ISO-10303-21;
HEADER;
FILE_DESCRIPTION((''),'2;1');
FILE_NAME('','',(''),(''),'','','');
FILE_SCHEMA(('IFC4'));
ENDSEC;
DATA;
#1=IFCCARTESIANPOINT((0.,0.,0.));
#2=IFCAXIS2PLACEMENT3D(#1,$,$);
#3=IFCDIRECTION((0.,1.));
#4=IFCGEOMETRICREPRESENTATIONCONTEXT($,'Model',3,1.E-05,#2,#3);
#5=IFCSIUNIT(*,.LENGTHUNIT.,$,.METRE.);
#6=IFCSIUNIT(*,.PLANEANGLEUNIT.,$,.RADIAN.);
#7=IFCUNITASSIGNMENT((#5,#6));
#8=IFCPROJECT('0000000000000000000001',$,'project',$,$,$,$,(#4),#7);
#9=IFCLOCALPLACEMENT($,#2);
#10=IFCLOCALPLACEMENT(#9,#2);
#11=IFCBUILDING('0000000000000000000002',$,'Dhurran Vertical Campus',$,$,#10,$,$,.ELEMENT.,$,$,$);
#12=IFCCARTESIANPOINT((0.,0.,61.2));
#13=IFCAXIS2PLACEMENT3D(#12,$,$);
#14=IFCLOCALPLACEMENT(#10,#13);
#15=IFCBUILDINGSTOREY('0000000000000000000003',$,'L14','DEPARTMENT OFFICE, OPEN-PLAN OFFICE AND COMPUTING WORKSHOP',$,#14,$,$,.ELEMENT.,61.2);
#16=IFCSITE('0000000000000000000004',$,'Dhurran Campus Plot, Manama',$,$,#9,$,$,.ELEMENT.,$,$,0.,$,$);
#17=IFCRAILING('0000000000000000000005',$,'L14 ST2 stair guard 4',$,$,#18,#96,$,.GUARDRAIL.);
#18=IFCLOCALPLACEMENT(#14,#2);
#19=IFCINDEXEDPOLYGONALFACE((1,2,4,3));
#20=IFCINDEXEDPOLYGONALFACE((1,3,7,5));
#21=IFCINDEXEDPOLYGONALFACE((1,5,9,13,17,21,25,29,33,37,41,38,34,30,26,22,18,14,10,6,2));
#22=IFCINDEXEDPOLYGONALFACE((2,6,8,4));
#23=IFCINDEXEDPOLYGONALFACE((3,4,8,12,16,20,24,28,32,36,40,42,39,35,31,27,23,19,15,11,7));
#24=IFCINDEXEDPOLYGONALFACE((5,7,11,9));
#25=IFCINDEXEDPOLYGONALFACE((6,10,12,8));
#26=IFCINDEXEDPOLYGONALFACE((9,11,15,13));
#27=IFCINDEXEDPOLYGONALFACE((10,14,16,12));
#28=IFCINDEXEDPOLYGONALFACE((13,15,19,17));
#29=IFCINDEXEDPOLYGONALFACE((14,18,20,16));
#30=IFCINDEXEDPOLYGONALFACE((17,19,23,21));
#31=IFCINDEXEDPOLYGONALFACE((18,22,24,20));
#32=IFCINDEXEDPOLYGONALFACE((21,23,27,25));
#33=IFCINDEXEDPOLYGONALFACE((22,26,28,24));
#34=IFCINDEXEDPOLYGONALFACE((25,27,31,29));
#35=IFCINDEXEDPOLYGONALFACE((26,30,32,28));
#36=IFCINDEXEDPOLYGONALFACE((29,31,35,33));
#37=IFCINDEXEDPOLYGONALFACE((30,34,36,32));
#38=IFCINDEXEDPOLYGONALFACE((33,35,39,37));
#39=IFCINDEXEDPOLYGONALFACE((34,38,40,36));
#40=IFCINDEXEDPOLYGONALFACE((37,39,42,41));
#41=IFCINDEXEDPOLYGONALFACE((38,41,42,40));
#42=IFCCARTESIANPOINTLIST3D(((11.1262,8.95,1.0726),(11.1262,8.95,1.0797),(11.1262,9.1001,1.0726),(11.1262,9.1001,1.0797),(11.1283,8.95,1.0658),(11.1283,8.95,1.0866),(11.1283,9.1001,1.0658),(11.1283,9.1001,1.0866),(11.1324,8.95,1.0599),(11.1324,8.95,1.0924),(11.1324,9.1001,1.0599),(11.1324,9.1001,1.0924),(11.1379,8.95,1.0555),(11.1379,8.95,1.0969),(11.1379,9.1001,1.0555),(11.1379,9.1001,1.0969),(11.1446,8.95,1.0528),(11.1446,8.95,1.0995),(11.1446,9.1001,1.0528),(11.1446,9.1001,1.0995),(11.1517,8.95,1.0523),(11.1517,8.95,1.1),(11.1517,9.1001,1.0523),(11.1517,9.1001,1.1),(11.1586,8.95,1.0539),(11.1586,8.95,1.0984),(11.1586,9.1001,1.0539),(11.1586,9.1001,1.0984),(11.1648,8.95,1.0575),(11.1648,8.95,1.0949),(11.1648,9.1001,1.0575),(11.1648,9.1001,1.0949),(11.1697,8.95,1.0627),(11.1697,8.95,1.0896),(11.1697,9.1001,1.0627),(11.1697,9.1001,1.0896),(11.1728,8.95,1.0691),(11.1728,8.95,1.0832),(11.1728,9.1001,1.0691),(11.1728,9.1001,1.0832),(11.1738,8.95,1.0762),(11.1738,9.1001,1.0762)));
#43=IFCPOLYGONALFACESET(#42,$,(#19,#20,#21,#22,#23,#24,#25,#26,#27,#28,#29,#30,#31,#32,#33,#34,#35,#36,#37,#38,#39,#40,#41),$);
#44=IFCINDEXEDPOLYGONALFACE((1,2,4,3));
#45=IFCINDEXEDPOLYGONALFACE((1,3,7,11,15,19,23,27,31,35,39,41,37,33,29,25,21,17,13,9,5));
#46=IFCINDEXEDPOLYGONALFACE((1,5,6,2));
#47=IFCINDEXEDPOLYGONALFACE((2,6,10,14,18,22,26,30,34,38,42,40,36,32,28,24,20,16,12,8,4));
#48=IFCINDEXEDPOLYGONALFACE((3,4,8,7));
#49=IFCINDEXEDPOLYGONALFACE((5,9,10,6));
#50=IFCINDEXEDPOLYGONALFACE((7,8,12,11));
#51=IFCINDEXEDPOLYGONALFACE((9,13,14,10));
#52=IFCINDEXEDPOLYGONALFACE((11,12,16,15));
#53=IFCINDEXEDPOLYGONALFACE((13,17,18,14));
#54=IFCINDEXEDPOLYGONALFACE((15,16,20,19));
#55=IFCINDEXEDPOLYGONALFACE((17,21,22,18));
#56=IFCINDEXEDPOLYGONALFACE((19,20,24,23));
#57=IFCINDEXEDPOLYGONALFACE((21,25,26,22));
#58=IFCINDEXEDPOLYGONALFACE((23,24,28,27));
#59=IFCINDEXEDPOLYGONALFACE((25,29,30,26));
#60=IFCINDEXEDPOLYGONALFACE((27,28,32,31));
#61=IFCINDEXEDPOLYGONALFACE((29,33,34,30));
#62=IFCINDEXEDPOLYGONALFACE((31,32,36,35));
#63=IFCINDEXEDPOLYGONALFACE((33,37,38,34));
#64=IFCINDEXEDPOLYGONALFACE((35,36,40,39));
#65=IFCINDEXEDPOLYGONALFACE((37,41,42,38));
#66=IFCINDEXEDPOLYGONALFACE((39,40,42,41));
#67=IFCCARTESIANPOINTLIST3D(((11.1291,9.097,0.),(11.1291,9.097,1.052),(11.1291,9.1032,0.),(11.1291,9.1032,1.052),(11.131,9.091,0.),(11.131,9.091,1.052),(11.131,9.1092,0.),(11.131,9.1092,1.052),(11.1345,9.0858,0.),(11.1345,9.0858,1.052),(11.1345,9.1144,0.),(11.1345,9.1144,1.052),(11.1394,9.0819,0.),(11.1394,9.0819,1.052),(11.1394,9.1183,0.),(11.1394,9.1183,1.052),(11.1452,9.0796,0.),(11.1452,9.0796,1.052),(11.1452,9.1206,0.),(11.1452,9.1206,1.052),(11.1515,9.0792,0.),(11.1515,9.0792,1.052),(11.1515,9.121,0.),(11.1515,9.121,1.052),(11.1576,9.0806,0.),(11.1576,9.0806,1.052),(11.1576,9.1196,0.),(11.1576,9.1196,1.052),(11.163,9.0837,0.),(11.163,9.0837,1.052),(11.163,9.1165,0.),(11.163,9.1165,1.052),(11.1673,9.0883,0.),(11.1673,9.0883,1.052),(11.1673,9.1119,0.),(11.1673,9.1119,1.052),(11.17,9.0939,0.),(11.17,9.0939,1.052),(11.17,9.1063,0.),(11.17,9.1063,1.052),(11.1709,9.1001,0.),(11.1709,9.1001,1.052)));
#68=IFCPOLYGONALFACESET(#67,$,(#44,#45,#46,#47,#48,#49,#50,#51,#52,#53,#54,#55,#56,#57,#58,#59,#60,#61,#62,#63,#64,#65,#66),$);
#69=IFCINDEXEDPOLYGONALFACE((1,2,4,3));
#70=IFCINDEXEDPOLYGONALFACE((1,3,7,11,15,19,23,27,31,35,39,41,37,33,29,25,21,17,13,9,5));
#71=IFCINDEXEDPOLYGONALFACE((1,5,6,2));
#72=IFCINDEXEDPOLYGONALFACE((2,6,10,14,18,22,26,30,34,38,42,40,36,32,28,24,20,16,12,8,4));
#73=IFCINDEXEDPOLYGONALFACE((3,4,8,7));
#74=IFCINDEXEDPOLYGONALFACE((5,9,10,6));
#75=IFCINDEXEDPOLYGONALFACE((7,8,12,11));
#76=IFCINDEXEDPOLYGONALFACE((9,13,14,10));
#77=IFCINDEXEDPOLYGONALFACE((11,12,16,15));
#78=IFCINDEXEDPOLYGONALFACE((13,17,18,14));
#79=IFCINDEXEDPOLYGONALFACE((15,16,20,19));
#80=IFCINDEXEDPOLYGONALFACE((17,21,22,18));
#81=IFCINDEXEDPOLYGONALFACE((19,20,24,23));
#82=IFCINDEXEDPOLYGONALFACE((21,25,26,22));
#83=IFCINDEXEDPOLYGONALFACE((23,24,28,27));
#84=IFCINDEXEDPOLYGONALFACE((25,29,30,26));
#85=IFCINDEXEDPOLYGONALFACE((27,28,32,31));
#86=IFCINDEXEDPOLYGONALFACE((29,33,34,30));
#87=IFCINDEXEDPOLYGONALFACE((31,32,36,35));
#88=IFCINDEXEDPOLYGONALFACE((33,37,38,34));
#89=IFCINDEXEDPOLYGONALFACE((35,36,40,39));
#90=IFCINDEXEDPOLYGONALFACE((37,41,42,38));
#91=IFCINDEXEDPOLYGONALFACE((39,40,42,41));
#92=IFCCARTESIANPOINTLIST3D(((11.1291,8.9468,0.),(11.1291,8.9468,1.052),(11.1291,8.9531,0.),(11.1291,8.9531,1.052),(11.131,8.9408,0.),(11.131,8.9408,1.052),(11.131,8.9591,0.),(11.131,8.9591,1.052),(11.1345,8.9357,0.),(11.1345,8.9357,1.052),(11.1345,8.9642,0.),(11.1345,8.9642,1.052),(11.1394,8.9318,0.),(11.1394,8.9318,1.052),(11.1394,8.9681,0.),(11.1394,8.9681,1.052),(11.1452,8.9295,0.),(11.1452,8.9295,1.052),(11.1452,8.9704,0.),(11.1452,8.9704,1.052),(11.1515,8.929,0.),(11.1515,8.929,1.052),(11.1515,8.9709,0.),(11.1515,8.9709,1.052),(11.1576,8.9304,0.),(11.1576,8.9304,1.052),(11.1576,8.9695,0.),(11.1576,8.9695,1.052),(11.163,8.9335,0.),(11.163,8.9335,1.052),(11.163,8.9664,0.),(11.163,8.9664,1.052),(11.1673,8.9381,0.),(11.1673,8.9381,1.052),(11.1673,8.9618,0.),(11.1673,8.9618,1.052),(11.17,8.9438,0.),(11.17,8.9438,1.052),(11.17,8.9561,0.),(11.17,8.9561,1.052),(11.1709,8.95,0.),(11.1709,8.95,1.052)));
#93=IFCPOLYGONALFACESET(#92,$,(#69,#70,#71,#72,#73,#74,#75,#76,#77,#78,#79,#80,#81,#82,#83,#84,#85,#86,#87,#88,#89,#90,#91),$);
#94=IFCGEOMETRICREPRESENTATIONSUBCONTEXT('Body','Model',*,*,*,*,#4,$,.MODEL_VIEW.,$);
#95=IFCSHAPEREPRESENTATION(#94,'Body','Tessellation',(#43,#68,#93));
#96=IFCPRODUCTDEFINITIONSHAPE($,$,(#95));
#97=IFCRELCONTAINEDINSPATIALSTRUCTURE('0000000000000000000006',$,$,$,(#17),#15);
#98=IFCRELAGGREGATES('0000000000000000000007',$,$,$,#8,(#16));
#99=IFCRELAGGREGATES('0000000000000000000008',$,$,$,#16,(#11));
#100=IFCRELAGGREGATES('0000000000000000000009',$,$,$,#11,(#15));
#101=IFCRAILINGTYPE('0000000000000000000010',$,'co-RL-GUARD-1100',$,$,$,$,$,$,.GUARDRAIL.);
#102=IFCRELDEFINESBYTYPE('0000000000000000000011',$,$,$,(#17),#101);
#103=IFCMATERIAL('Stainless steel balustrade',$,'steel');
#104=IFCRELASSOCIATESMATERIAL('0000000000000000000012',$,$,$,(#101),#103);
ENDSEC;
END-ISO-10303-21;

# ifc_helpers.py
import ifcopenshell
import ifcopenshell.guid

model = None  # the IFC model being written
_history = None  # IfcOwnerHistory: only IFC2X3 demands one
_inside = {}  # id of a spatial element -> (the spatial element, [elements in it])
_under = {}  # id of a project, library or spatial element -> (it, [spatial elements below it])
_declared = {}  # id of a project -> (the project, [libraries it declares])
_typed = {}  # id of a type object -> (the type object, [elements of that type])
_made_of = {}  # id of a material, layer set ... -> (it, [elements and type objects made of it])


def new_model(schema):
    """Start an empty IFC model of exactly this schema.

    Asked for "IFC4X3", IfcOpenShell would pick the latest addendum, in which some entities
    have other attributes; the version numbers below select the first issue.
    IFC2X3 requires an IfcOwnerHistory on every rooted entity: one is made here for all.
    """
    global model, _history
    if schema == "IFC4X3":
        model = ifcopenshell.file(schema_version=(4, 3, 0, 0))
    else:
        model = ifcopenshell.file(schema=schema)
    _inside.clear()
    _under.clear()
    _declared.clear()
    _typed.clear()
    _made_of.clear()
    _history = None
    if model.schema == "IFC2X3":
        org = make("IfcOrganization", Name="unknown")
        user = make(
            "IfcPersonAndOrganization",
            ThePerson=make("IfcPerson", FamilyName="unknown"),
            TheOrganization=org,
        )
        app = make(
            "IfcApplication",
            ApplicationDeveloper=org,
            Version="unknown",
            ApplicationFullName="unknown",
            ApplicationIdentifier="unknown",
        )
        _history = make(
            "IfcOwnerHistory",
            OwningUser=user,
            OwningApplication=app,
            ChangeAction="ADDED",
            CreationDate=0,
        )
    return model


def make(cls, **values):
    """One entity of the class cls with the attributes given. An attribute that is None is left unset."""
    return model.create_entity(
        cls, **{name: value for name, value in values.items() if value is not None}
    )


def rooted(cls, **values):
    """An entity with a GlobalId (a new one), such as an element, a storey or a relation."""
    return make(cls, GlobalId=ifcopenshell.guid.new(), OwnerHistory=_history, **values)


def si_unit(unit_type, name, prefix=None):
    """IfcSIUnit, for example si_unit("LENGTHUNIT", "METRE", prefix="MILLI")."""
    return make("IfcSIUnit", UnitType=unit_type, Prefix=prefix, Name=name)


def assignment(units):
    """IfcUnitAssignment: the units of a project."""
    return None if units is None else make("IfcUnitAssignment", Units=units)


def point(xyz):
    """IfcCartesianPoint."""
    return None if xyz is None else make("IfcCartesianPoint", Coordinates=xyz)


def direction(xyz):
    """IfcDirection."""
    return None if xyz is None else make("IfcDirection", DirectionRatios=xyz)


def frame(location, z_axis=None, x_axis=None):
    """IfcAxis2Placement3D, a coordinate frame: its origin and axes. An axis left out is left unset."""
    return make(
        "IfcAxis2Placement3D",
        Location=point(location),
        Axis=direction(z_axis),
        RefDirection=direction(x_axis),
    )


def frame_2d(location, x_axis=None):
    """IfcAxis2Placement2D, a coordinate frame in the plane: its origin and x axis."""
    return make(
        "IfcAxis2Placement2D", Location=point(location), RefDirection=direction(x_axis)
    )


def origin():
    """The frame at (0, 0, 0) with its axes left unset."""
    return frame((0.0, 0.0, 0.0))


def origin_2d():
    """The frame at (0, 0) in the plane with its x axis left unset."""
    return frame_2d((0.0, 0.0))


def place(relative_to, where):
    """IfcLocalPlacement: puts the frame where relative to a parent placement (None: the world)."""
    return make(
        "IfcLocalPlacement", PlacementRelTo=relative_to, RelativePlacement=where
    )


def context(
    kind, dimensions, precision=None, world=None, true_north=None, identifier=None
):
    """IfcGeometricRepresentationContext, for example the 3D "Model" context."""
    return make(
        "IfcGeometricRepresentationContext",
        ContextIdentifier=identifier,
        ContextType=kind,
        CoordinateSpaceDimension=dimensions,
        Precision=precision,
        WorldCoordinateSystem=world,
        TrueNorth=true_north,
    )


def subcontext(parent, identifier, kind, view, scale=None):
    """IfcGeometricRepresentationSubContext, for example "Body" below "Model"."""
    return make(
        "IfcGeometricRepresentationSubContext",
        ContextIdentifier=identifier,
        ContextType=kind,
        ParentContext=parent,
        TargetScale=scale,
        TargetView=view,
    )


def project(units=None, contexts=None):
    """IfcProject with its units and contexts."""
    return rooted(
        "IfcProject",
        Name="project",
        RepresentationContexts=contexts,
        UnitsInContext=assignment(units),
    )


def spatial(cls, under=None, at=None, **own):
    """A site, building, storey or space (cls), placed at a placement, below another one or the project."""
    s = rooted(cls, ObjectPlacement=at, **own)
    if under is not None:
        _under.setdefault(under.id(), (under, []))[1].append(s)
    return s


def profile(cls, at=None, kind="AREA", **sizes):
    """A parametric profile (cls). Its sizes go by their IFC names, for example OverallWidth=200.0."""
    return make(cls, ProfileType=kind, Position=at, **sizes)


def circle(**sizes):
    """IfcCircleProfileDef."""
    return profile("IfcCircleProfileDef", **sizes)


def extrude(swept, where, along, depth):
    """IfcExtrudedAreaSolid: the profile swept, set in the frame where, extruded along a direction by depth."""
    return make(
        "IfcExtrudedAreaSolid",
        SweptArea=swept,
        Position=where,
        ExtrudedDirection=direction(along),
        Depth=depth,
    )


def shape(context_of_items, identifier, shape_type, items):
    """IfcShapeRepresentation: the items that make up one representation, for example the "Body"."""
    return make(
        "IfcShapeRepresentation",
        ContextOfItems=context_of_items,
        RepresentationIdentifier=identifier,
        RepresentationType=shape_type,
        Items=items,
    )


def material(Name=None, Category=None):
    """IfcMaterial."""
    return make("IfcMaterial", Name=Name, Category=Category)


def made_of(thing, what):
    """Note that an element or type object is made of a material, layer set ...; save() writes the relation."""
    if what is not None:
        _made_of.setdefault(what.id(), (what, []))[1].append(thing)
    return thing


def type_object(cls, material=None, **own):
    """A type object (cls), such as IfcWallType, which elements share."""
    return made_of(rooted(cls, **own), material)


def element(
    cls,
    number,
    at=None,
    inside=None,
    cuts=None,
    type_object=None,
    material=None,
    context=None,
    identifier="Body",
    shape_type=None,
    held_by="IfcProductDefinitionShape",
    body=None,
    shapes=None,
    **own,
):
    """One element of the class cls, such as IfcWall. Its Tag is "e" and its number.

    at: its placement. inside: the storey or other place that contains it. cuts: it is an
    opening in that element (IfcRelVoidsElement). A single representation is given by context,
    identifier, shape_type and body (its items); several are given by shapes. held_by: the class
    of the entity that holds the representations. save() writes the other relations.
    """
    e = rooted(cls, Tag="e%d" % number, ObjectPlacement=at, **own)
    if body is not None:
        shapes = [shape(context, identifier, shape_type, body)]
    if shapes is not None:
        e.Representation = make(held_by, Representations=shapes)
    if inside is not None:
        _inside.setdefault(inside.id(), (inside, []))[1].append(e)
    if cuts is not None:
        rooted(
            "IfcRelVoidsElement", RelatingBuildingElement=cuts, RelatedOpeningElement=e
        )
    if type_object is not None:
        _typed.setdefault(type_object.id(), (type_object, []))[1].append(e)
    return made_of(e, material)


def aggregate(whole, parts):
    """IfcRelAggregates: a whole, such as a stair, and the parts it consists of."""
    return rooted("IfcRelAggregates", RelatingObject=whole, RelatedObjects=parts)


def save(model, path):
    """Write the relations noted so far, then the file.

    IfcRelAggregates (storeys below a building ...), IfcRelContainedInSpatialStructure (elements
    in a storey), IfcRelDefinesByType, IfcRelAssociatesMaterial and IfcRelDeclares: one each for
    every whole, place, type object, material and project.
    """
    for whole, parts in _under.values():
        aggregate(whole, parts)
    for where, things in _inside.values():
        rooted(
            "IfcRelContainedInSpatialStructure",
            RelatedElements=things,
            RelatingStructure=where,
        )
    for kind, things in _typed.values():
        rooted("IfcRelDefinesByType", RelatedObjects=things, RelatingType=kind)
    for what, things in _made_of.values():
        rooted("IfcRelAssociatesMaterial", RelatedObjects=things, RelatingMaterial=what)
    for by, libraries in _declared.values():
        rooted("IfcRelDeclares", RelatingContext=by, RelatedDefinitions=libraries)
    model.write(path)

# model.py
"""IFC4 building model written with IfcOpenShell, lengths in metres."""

from ifc_helpers import new_model, si_unit, direction, frame, origin, origin_2d, place, context, subcontext, project, spatial, circle, extrude, material, type_object, element, save


model = new_model("IFC4")

# Units and contexts
model_context = context("Model", 3, precision=1e-05, world=origin(), true_north=direction((0.0, 1.0)))
body_context = subcontext(model_context, "Body", "Model", "MODEL_VIEW")
ifc_project = project(units=[si_unit("LENGTHUNIT", "METRE"), si_unit("PLANEANGLEUNIT", "RADIAN")], contexts=[model_context])

# Site, building, storey
site_placement = place(None, origin())
site = spatial("IfcSite", under=ifc_project, at=site_placement, Name="Dhurran Campus Plot, Manama", CompositionType="ELEMENT", RefElevation=0.0)
building_placement = place(site_placement, origin())
building = spatial("IfcBuilding", under=site, at=building_placement, Name="Dhurran Vertical Campus", CompositionType="ELEMENT")
storey_placement = place(building_placement, frame((0.0, 0.0, 61.2)))
storey = spatial("IfcBuildingStorey", under=building, at=storey_placement, Name="L14", Description="DEPARTMENT OFFICE, OPEN-PLAN OFFICE AND COMPUTING WORKSHOP", CompositionType="ELEMENT", Elevation=61.2)

# Railing
ifc_material_1 = material(Name="Stainless steel balustrade", Category="steel")
railing_type_1 = type_object("IfcRailingType", Name="co-RL-GUARD-1100", PredefinedType="GUARDRAIL", material=ifc_material_1)
railing_1_placement = place(storey_placement, frame((11.1499, 9.1001, 0.0)))
element("IfcRailing", 1, at=railing_1_placement, inside=storey, type_object=railing_type_1, Name="L14 ST2 stair guard 4", PredefinedType="GUARDRAIL", context=body_context, shape_type="SweptSolid", body=[
    extrude(circle(Radius=0.0239, at=origin_2d()), frame((0.0, 0.0, 1.0762), z_axis=(0.0, -1.0, 0.0), x_axis=(1.0, 0.0, 0.0)), (0.0, 0.0, 1.0), 0.1501),
    extrude(circle(Radius=0.021, at=origin_2d()), origin(), (0.0, 0.0, 1.0), 1.052),
    extrude(circle(Radius=0.021, at=origin_2d()), frame((0.0, -0.1501, 0.0)), (0.0, 0.0, 1.0), 1.052),
])

save(model, "model.ifc")
